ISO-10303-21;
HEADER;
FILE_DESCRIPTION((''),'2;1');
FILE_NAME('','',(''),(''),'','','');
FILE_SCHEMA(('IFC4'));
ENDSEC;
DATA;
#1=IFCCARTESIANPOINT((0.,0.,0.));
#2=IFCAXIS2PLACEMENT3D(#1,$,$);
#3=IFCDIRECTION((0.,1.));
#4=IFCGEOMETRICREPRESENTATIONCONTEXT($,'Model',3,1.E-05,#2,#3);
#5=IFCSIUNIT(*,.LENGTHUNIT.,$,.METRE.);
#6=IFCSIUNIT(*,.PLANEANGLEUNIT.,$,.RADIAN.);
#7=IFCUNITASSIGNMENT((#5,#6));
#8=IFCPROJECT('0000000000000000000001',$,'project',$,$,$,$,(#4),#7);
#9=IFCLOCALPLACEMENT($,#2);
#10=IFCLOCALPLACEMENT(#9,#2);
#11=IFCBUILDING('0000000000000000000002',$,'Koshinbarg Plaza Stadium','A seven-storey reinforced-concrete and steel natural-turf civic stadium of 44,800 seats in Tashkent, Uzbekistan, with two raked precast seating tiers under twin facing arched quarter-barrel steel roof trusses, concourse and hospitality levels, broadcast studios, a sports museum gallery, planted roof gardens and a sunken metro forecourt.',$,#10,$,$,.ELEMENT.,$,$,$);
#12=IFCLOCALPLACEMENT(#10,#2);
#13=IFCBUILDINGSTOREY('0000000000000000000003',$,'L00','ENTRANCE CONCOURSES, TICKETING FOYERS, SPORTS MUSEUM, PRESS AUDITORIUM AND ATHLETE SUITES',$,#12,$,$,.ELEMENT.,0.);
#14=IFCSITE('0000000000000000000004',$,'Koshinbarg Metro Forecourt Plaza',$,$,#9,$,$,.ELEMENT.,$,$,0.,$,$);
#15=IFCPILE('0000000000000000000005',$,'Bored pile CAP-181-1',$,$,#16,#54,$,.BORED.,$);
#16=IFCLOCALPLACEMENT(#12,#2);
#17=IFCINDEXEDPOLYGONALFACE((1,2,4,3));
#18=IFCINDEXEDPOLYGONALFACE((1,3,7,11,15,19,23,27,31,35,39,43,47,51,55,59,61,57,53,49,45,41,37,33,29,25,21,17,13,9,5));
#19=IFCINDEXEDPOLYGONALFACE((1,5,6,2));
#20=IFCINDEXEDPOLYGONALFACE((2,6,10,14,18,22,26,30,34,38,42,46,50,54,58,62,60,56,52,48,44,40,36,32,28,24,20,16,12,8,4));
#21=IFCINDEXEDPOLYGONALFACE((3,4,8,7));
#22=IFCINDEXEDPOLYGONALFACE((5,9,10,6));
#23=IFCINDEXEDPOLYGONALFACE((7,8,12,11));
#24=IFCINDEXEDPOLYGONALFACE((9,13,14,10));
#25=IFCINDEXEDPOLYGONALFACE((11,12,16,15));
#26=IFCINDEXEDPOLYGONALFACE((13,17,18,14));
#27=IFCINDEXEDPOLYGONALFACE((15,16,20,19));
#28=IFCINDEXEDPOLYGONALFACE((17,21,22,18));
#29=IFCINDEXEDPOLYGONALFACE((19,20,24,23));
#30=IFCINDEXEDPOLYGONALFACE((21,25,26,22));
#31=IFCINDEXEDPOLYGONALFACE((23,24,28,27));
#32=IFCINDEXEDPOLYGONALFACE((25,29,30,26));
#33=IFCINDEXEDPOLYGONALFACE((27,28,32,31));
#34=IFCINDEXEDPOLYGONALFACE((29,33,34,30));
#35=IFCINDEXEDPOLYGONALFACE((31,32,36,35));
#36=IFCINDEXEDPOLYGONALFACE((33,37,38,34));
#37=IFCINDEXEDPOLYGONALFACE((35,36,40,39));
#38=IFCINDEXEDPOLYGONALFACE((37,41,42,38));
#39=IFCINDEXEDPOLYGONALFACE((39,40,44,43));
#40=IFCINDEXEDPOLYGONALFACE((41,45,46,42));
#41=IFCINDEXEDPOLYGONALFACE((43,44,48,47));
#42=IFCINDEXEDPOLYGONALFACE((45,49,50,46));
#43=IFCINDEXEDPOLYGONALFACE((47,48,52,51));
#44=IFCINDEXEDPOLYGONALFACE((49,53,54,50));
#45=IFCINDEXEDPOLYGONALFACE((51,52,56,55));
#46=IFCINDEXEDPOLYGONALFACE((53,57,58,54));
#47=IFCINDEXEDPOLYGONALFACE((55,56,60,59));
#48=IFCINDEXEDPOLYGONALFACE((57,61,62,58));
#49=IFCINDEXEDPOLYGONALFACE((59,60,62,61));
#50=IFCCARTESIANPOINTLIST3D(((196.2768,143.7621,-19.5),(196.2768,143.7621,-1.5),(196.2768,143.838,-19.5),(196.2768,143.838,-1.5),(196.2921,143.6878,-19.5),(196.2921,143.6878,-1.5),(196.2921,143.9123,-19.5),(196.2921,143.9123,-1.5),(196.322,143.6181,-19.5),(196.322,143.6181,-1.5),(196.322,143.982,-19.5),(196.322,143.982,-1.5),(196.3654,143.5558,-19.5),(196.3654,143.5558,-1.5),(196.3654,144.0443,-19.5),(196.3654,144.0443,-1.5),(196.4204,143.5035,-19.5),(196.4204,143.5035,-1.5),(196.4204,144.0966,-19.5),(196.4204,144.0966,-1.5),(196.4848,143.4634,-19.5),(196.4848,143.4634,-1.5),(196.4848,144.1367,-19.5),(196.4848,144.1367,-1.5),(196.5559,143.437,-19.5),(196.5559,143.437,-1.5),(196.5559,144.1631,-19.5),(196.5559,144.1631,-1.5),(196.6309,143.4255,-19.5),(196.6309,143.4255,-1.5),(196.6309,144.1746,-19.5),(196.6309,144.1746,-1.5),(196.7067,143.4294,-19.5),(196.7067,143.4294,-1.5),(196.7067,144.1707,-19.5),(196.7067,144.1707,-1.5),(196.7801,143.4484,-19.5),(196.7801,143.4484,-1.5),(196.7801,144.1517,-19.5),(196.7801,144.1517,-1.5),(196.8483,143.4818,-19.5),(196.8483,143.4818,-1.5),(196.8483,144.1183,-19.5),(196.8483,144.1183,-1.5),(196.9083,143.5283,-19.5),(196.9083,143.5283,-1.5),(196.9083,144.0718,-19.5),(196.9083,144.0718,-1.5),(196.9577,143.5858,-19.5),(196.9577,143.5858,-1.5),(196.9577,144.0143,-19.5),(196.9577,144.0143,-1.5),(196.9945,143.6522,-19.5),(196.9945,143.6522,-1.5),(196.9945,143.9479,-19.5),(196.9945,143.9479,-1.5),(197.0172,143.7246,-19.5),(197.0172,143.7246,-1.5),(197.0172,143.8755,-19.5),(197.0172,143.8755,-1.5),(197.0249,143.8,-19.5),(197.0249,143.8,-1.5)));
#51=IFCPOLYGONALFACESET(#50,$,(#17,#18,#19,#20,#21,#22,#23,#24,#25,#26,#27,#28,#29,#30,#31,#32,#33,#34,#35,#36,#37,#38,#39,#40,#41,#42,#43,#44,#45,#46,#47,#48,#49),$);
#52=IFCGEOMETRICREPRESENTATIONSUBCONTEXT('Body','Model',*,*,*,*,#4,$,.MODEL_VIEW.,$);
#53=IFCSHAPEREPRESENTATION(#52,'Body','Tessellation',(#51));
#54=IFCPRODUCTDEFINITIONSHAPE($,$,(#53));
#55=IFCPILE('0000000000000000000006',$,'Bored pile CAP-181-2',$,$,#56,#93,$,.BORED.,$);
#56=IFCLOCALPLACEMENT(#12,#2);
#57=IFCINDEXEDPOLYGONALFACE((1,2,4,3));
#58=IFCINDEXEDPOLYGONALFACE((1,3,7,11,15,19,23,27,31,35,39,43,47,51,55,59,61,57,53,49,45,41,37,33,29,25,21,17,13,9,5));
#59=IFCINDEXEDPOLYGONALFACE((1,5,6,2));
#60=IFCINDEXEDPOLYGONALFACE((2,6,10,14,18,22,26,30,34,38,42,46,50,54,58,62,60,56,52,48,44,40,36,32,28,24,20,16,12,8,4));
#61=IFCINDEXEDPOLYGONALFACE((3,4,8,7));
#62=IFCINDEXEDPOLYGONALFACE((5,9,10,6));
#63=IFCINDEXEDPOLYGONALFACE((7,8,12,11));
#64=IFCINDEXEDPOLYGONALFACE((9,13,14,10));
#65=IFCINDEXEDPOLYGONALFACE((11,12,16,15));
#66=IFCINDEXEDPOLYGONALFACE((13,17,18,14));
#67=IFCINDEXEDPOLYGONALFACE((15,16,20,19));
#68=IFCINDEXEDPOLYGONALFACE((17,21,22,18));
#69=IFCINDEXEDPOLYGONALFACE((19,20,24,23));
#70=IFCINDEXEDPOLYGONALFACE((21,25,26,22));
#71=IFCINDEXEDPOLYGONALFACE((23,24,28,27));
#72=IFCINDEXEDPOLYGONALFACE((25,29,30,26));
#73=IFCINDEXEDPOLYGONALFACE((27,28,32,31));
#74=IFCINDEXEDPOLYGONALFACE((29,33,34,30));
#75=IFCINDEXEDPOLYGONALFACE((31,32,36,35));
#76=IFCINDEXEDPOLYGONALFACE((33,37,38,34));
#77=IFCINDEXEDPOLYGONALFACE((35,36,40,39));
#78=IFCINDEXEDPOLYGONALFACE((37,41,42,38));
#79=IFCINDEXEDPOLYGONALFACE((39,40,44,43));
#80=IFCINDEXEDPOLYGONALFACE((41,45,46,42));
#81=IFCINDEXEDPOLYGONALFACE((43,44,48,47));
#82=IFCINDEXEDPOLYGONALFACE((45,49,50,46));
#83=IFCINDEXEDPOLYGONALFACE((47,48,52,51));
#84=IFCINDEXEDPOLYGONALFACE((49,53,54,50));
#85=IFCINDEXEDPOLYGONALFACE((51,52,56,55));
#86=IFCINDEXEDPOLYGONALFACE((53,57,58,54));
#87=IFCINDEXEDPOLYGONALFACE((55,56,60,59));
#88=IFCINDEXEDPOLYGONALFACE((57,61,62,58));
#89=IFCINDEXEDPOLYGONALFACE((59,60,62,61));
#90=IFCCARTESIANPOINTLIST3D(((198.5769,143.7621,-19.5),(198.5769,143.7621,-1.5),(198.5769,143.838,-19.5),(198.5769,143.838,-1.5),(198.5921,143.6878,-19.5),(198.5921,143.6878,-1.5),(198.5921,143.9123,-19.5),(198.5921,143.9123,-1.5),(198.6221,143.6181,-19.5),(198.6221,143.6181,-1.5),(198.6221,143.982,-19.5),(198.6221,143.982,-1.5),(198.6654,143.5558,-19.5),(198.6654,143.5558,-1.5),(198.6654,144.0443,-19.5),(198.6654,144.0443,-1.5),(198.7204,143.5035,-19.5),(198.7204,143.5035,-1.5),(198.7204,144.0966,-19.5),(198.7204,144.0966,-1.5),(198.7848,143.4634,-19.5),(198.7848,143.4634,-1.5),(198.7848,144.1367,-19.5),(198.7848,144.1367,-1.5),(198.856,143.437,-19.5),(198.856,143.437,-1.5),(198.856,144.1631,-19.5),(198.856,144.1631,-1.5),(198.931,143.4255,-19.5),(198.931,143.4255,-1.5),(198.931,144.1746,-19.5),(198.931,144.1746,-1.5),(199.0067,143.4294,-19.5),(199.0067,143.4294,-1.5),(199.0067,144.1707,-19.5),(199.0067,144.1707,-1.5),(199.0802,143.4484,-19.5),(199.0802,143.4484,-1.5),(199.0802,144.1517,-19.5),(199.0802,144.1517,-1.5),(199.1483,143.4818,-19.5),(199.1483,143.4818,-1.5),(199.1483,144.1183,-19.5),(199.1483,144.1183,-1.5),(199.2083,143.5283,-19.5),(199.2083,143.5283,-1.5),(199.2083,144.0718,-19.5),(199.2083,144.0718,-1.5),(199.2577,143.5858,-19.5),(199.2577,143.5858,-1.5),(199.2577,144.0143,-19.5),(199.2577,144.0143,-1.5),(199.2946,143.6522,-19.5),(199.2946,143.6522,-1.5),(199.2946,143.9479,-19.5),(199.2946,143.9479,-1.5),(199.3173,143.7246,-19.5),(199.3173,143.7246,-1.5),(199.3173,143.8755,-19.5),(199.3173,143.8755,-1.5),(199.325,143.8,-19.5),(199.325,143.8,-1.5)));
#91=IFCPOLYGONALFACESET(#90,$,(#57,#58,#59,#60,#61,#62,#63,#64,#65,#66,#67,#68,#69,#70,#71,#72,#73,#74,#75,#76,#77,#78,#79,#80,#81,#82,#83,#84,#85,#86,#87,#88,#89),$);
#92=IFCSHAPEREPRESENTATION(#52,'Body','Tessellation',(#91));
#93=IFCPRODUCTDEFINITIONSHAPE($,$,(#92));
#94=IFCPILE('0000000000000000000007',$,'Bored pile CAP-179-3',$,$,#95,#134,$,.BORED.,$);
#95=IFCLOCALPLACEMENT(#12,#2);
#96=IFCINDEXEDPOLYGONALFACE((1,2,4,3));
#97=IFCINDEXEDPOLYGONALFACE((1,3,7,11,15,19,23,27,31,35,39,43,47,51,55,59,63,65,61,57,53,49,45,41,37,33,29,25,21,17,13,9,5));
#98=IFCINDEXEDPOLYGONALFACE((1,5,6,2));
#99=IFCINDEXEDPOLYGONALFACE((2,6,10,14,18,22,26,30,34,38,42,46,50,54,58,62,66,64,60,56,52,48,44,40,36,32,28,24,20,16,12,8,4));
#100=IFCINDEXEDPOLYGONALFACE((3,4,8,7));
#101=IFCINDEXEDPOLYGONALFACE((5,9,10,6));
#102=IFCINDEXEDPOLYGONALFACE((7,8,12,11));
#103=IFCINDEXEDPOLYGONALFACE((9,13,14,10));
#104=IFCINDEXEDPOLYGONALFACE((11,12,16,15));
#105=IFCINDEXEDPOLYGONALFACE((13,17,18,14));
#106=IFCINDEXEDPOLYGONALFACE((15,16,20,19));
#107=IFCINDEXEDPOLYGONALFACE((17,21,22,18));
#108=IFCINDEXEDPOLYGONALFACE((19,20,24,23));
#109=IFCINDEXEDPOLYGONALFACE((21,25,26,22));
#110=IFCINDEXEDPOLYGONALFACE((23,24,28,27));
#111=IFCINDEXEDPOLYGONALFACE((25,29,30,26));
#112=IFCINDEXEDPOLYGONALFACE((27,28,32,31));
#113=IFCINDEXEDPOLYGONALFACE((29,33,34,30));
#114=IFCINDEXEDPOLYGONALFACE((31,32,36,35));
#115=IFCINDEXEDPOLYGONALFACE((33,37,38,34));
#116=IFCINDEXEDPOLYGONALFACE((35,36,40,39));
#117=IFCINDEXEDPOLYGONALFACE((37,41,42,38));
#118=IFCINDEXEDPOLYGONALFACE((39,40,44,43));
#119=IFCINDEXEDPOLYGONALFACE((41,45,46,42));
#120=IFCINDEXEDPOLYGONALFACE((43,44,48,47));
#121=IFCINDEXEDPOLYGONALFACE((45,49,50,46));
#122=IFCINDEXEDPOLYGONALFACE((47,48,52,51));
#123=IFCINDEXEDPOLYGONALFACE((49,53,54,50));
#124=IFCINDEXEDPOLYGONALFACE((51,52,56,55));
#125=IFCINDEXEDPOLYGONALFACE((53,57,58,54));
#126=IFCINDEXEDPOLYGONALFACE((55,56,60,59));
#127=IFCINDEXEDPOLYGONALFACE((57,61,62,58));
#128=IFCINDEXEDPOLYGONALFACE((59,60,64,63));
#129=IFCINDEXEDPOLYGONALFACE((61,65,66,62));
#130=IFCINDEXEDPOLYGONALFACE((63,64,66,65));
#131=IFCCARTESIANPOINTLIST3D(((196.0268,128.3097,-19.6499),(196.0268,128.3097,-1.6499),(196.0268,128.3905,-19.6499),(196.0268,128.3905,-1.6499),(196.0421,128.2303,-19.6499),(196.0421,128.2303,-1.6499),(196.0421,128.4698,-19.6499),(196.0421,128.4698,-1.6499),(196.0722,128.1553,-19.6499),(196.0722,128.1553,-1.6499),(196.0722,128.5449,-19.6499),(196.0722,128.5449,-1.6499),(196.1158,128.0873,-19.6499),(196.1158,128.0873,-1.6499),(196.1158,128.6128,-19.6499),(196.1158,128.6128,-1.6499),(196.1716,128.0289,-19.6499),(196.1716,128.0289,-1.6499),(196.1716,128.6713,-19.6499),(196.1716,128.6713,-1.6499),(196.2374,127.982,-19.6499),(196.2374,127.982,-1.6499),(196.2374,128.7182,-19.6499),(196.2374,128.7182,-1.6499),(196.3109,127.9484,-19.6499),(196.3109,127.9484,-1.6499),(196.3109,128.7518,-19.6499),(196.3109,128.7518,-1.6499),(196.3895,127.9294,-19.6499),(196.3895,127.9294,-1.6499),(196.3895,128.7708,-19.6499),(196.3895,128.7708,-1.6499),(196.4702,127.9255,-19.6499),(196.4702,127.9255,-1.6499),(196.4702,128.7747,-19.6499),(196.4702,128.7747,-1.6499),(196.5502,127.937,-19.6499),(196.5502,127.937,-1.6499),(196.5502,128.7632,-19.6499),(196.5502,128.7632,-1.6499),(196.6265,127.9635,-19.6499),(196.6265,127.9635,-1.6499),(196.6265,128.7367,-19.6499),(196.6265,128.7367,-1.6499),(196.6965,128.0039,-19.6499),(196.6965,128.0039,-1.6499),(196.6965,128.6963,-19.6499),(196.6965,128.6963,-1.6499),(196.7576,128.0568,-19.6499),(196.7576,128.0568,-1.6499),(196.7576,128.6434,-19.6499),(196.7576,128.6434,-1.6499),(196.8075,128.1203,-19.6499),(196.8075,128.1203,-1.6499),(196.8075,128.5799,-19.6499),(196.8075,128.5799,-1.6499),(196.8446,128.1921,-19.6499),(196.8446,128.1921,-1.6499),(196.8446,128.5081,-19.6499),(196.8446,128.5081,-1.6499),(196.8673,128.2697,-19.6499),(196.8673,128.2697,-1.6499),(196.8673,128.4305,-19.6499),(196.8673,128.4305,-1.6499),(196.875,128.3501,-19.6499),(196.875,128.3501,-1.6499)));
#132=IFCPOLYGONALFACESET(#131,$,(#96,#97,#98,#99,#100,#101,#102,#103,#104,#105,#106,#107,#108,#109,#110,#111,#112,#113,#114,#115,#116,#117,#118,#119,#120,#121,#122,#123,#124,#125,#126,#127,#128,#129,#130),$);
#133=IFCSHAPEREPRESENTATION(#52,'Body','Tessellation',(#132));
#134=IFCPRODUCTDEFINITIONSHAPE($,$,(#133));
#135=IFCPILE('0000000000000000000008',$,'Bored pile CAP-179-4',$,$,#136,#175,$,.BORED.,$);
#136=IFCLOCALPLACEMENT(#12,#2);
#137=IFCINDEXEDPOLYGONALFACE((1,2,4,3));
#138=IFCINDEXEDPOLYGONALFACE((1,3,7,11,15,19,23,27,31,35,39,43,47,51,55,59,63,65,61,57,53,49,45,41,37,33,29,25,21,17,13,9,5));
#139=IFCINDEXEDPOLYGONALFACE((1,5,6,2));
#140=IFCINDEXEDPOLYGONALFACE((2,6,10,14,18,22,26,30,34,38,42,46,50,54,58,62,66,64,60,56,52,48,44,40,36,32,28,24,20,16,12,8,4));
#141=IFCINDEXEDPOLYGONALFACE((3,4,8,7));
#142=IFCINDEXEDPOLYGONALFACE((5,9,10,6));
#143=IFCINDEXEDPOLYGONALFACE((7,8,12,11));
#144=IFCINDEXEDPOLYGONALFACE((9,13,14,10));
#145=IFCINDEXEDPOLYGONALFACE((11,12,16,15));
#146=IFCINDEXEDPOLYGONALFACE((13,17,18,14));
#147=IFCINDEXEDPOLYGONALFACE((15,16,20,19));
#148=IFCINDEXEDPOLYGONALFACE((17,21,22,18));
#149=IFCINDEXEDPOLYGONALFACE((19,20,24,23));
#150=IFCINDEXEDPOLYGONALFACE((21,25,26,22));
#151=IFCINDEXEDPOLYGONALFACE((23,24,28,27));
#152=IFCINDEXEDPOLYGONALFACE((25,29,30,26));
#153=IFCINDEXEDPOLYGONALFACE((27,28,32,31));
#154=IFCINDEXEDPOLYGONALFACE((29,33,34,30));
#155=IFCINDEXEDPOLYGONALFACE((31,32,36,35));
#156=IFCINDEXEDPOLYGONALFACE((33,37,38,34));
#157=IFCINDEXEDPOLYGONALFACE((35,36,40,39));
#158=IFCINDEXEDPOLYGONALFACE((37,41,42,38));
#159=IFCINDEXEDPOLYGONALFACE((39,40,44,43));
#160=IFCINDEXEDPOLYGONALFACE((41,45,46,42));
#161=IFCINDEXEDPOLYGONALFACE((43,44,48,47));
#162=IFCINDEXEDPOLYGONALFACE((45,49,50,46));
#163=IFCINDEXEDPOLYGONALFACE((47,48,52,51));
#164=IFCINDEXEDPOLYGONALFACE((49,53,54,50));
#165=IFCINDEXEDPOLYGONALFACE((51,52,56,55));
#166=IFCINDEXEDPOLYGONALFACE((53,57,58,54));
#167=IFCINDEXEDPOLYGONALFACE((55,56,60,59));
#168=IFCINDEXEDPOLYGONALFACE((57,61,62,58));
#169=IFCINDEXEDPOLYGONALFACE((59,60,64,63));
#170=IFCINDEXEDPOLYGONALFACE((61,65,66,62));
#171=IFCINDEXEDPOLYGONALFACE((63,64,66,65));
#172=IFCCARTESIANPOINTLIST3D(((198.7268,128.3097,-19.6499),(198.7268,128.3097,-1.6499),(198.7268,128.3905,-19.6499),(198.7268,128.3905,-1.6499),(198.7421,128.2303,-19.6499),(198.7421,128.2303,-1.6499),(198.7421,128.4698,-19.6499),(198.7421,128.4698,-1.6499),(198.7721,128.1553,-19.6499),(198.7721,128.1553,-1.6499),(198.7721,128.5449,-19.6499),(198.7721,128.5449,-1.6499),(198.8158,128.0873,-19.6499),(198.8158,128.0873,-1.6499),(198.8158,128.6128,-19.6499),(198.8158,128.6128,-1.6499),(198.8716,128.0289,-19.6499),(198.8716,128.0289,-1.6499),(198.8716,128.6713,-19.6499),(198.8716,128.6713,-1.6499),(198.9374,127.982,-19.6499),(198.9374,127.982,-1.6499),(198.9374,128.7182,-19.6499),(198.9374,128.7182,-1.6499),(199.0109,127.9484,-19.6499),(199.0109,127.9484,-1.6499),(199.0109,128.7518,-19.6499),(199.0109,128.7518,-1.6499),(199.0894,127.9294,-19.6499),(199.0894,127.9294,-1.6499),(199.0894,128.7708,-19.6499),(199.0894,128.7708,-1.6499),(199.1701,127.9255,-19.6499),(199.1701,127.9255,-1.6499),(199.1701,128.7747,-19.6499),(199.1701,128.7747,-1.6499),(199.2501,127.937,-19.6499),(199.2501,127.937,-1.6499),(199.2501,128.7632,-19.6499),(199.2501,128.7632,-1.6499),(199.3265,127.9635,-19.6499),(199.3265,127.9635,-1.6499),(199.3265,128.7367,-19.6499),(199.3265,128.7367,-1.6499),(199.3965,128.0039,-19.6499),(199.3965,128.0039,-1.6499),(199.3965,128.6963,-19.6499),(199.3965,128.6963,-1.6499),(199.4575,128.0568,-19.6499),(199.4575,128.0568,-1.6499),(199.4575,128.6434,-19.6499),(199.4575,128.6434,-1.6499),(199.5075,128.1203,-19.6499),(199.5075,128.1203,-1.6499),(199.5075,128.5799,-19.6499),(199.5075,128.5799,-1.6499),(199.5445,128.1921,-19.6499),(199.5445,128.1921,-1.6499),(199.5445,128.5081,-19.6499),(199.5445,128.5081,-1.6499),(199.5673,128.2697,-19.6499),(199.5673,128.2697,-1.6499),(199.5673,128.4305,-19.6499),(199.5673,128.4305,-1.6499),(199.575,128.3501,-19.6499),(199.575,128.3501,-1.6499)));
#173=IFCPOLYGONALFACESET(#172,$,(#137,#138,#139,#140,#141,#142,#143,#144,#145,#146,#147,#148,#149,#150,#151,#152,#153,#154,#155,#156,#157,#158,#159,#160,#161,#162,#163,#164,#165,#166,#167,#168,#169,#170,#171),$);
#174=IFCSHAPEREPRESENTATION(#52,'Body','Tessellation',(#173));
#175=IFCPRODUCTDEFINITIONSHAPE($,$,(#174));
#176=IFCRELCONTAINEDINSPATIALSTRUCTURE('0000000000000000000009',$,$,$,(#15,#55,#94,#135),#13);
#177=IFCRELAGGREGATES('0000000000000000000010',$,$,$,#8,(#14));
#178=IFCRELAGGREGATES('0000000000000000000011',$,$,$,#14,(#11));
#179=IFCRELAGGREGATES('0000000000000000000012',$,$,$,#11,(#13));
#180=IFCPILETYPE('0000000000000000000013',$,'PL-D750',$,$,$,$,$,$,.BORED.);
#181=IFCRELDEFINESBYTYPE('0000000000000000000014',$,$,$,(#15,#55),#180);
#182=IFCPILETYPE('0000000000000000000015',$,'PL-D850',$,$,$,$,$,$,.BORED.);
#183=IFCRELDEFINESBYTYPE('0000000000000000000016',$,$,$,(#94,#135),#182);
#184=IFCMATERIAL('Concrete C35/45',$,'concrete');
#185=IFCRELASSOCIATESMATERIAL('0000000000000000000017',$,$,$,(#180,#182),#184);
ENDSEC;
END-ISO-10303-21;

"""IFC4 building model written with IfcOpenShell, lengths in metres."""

from ifc_helpers import new_model, si_unit, direction, frame, origin, origin_2d, place, context, subcontext, project, spatial, circle, extrude, material, material_profile, profile_set, type_object, element, save


model = new_model("IFC4")

# Units and contexts
model_context = context("Model", 3, precision=1e-05, world=origin(), true_north=direction((0.0, 1.0)))
body_context = subcontext(model_context, "Body", "Model", "MODEL_VIEW")
ifc_project = project(units=[si_unit("LENGTHUNIT", "METRE"), si_unit("PLANEANGLEUNIT", "RADIAN")], contexts=[model_context])

# Site, building, storey
site_placement = place(None, origin())
site = spatial("IfcSite", under=ifc_project, at=site_placement, Name="Koshinbarg Metro Forecourt Plaza", CompositionType="ELEMENT", RefElevation=0.0)
building_placement = place(site_placement, origin())
building = spatial("IfcBuilding", under=site, at=building_placement, Name="Koshinbarg Plaza Stadium", Description="A seven-storey reinforced-concrete and steel natural-turf civic stadium of 44,800 seats in Tashkent, Uzbekistan, with two raked precast seating tiers under twin facing arched quarter-barrel steel roof trusses, concourse and hospitality levels, broadcast studios, a sports museum gallery, planted roof gardens and a sunken metro forecourt.", CompositionType="ELEMENT")
storey_placement = place(building_placement, origin())
storey = spatial("IfcBuildingStorey", under=building, at=storey_placement, Name="L00", Description="ENTRANCE CONCOURSES, TICKETING FOYERS, SPORTS MUSEUM, PRESS AUDITORIUM AND ATHLETE SUITES", CompositionType="ELEMENT", Elevation=0.0)

# Shared definitions
ifc_material_1 = material(Name="Concrete C35/45", Category="concrete")

# Piles
ifc_material_profile_1 = material_profile(ifc_material_1, circle(Radius=0.375, at=origin_2d()), Name="PILE D750")
ifc_profile_set_1 = profile_set([ifc_material_profile_1], Name="Concrete C35/45")
pile_type_1 = type_object("IfcPileType", Name="PL-D750", PredefinedType="BORED", material=ifc_profile_set_1)
for number, where, z_axis, x_axis, name in (
    (1, (196.6499, 143.8, -1.5), (0.0, 0.0, -1.0), (1.0, 0.0, 0.0), "Bored pile CAP-181-1"),
    (2, (198.95, 143.8, -1.5), (0.0, 0.0, -1.0), (1.0, 0.0, 0.0), "Bored pile CAP-181-2"),
):
    element("IfcPile", number, at=place(storey_placement, frame(where, z_axis=z_axis, x_axis=x_axis)), inside=storey, type_object=pile_type_1, Name=name, PredefinedType="BORED", context=body_context, shape_type="SweptSolid", body=[
        extrude(circle(Radius=0.375, at=origin_2d()), origin(), (0.0, 0.0, 1.0), 18.0),
    ])
ifc_material_profile_2 = material_profile(ifc_material_1, circle(Radius=0.425, at=origin_2d()), Name="PILE D850")
ifc_profile_set_2 = profile_set([ifc_material_profile_2], Name="Concrete C35/45")
pile_type_2 = type_object("IfcPileType", Name="PL-D850", PredefinedType="BORED", material=ifc_profile_set_2)
for number, where, z_axis, x_axis, name in (
    (3, (196.45, 128.3501, -1.6499), (0.0, 0.0, -1.0), (1.0, 0.0, 0.0), "Bored pile CAP-179-3"),
    (4, (199.1499, 128.3501, -1.6499), (0.0, 0.0, -1.0), (1.0, 0.0, 0.0), "Bored pile CAP-179-4"),
):
    element("IfcPile", number, at=place(storey_placement, frame(where, z_axis=z_axis, x_axis=x_axis)), inside=storey, type_object=pile_type_2, Name=name, PredefinedType="BORED", context=body_context, shape_type="SweptSolid", body=[
        extrude(circle(Radius=0.425, at=origin_2d()), origin(), (0.0, 0.0, 1.0), 18.0),
    ])

save(model, "model.ifc")
